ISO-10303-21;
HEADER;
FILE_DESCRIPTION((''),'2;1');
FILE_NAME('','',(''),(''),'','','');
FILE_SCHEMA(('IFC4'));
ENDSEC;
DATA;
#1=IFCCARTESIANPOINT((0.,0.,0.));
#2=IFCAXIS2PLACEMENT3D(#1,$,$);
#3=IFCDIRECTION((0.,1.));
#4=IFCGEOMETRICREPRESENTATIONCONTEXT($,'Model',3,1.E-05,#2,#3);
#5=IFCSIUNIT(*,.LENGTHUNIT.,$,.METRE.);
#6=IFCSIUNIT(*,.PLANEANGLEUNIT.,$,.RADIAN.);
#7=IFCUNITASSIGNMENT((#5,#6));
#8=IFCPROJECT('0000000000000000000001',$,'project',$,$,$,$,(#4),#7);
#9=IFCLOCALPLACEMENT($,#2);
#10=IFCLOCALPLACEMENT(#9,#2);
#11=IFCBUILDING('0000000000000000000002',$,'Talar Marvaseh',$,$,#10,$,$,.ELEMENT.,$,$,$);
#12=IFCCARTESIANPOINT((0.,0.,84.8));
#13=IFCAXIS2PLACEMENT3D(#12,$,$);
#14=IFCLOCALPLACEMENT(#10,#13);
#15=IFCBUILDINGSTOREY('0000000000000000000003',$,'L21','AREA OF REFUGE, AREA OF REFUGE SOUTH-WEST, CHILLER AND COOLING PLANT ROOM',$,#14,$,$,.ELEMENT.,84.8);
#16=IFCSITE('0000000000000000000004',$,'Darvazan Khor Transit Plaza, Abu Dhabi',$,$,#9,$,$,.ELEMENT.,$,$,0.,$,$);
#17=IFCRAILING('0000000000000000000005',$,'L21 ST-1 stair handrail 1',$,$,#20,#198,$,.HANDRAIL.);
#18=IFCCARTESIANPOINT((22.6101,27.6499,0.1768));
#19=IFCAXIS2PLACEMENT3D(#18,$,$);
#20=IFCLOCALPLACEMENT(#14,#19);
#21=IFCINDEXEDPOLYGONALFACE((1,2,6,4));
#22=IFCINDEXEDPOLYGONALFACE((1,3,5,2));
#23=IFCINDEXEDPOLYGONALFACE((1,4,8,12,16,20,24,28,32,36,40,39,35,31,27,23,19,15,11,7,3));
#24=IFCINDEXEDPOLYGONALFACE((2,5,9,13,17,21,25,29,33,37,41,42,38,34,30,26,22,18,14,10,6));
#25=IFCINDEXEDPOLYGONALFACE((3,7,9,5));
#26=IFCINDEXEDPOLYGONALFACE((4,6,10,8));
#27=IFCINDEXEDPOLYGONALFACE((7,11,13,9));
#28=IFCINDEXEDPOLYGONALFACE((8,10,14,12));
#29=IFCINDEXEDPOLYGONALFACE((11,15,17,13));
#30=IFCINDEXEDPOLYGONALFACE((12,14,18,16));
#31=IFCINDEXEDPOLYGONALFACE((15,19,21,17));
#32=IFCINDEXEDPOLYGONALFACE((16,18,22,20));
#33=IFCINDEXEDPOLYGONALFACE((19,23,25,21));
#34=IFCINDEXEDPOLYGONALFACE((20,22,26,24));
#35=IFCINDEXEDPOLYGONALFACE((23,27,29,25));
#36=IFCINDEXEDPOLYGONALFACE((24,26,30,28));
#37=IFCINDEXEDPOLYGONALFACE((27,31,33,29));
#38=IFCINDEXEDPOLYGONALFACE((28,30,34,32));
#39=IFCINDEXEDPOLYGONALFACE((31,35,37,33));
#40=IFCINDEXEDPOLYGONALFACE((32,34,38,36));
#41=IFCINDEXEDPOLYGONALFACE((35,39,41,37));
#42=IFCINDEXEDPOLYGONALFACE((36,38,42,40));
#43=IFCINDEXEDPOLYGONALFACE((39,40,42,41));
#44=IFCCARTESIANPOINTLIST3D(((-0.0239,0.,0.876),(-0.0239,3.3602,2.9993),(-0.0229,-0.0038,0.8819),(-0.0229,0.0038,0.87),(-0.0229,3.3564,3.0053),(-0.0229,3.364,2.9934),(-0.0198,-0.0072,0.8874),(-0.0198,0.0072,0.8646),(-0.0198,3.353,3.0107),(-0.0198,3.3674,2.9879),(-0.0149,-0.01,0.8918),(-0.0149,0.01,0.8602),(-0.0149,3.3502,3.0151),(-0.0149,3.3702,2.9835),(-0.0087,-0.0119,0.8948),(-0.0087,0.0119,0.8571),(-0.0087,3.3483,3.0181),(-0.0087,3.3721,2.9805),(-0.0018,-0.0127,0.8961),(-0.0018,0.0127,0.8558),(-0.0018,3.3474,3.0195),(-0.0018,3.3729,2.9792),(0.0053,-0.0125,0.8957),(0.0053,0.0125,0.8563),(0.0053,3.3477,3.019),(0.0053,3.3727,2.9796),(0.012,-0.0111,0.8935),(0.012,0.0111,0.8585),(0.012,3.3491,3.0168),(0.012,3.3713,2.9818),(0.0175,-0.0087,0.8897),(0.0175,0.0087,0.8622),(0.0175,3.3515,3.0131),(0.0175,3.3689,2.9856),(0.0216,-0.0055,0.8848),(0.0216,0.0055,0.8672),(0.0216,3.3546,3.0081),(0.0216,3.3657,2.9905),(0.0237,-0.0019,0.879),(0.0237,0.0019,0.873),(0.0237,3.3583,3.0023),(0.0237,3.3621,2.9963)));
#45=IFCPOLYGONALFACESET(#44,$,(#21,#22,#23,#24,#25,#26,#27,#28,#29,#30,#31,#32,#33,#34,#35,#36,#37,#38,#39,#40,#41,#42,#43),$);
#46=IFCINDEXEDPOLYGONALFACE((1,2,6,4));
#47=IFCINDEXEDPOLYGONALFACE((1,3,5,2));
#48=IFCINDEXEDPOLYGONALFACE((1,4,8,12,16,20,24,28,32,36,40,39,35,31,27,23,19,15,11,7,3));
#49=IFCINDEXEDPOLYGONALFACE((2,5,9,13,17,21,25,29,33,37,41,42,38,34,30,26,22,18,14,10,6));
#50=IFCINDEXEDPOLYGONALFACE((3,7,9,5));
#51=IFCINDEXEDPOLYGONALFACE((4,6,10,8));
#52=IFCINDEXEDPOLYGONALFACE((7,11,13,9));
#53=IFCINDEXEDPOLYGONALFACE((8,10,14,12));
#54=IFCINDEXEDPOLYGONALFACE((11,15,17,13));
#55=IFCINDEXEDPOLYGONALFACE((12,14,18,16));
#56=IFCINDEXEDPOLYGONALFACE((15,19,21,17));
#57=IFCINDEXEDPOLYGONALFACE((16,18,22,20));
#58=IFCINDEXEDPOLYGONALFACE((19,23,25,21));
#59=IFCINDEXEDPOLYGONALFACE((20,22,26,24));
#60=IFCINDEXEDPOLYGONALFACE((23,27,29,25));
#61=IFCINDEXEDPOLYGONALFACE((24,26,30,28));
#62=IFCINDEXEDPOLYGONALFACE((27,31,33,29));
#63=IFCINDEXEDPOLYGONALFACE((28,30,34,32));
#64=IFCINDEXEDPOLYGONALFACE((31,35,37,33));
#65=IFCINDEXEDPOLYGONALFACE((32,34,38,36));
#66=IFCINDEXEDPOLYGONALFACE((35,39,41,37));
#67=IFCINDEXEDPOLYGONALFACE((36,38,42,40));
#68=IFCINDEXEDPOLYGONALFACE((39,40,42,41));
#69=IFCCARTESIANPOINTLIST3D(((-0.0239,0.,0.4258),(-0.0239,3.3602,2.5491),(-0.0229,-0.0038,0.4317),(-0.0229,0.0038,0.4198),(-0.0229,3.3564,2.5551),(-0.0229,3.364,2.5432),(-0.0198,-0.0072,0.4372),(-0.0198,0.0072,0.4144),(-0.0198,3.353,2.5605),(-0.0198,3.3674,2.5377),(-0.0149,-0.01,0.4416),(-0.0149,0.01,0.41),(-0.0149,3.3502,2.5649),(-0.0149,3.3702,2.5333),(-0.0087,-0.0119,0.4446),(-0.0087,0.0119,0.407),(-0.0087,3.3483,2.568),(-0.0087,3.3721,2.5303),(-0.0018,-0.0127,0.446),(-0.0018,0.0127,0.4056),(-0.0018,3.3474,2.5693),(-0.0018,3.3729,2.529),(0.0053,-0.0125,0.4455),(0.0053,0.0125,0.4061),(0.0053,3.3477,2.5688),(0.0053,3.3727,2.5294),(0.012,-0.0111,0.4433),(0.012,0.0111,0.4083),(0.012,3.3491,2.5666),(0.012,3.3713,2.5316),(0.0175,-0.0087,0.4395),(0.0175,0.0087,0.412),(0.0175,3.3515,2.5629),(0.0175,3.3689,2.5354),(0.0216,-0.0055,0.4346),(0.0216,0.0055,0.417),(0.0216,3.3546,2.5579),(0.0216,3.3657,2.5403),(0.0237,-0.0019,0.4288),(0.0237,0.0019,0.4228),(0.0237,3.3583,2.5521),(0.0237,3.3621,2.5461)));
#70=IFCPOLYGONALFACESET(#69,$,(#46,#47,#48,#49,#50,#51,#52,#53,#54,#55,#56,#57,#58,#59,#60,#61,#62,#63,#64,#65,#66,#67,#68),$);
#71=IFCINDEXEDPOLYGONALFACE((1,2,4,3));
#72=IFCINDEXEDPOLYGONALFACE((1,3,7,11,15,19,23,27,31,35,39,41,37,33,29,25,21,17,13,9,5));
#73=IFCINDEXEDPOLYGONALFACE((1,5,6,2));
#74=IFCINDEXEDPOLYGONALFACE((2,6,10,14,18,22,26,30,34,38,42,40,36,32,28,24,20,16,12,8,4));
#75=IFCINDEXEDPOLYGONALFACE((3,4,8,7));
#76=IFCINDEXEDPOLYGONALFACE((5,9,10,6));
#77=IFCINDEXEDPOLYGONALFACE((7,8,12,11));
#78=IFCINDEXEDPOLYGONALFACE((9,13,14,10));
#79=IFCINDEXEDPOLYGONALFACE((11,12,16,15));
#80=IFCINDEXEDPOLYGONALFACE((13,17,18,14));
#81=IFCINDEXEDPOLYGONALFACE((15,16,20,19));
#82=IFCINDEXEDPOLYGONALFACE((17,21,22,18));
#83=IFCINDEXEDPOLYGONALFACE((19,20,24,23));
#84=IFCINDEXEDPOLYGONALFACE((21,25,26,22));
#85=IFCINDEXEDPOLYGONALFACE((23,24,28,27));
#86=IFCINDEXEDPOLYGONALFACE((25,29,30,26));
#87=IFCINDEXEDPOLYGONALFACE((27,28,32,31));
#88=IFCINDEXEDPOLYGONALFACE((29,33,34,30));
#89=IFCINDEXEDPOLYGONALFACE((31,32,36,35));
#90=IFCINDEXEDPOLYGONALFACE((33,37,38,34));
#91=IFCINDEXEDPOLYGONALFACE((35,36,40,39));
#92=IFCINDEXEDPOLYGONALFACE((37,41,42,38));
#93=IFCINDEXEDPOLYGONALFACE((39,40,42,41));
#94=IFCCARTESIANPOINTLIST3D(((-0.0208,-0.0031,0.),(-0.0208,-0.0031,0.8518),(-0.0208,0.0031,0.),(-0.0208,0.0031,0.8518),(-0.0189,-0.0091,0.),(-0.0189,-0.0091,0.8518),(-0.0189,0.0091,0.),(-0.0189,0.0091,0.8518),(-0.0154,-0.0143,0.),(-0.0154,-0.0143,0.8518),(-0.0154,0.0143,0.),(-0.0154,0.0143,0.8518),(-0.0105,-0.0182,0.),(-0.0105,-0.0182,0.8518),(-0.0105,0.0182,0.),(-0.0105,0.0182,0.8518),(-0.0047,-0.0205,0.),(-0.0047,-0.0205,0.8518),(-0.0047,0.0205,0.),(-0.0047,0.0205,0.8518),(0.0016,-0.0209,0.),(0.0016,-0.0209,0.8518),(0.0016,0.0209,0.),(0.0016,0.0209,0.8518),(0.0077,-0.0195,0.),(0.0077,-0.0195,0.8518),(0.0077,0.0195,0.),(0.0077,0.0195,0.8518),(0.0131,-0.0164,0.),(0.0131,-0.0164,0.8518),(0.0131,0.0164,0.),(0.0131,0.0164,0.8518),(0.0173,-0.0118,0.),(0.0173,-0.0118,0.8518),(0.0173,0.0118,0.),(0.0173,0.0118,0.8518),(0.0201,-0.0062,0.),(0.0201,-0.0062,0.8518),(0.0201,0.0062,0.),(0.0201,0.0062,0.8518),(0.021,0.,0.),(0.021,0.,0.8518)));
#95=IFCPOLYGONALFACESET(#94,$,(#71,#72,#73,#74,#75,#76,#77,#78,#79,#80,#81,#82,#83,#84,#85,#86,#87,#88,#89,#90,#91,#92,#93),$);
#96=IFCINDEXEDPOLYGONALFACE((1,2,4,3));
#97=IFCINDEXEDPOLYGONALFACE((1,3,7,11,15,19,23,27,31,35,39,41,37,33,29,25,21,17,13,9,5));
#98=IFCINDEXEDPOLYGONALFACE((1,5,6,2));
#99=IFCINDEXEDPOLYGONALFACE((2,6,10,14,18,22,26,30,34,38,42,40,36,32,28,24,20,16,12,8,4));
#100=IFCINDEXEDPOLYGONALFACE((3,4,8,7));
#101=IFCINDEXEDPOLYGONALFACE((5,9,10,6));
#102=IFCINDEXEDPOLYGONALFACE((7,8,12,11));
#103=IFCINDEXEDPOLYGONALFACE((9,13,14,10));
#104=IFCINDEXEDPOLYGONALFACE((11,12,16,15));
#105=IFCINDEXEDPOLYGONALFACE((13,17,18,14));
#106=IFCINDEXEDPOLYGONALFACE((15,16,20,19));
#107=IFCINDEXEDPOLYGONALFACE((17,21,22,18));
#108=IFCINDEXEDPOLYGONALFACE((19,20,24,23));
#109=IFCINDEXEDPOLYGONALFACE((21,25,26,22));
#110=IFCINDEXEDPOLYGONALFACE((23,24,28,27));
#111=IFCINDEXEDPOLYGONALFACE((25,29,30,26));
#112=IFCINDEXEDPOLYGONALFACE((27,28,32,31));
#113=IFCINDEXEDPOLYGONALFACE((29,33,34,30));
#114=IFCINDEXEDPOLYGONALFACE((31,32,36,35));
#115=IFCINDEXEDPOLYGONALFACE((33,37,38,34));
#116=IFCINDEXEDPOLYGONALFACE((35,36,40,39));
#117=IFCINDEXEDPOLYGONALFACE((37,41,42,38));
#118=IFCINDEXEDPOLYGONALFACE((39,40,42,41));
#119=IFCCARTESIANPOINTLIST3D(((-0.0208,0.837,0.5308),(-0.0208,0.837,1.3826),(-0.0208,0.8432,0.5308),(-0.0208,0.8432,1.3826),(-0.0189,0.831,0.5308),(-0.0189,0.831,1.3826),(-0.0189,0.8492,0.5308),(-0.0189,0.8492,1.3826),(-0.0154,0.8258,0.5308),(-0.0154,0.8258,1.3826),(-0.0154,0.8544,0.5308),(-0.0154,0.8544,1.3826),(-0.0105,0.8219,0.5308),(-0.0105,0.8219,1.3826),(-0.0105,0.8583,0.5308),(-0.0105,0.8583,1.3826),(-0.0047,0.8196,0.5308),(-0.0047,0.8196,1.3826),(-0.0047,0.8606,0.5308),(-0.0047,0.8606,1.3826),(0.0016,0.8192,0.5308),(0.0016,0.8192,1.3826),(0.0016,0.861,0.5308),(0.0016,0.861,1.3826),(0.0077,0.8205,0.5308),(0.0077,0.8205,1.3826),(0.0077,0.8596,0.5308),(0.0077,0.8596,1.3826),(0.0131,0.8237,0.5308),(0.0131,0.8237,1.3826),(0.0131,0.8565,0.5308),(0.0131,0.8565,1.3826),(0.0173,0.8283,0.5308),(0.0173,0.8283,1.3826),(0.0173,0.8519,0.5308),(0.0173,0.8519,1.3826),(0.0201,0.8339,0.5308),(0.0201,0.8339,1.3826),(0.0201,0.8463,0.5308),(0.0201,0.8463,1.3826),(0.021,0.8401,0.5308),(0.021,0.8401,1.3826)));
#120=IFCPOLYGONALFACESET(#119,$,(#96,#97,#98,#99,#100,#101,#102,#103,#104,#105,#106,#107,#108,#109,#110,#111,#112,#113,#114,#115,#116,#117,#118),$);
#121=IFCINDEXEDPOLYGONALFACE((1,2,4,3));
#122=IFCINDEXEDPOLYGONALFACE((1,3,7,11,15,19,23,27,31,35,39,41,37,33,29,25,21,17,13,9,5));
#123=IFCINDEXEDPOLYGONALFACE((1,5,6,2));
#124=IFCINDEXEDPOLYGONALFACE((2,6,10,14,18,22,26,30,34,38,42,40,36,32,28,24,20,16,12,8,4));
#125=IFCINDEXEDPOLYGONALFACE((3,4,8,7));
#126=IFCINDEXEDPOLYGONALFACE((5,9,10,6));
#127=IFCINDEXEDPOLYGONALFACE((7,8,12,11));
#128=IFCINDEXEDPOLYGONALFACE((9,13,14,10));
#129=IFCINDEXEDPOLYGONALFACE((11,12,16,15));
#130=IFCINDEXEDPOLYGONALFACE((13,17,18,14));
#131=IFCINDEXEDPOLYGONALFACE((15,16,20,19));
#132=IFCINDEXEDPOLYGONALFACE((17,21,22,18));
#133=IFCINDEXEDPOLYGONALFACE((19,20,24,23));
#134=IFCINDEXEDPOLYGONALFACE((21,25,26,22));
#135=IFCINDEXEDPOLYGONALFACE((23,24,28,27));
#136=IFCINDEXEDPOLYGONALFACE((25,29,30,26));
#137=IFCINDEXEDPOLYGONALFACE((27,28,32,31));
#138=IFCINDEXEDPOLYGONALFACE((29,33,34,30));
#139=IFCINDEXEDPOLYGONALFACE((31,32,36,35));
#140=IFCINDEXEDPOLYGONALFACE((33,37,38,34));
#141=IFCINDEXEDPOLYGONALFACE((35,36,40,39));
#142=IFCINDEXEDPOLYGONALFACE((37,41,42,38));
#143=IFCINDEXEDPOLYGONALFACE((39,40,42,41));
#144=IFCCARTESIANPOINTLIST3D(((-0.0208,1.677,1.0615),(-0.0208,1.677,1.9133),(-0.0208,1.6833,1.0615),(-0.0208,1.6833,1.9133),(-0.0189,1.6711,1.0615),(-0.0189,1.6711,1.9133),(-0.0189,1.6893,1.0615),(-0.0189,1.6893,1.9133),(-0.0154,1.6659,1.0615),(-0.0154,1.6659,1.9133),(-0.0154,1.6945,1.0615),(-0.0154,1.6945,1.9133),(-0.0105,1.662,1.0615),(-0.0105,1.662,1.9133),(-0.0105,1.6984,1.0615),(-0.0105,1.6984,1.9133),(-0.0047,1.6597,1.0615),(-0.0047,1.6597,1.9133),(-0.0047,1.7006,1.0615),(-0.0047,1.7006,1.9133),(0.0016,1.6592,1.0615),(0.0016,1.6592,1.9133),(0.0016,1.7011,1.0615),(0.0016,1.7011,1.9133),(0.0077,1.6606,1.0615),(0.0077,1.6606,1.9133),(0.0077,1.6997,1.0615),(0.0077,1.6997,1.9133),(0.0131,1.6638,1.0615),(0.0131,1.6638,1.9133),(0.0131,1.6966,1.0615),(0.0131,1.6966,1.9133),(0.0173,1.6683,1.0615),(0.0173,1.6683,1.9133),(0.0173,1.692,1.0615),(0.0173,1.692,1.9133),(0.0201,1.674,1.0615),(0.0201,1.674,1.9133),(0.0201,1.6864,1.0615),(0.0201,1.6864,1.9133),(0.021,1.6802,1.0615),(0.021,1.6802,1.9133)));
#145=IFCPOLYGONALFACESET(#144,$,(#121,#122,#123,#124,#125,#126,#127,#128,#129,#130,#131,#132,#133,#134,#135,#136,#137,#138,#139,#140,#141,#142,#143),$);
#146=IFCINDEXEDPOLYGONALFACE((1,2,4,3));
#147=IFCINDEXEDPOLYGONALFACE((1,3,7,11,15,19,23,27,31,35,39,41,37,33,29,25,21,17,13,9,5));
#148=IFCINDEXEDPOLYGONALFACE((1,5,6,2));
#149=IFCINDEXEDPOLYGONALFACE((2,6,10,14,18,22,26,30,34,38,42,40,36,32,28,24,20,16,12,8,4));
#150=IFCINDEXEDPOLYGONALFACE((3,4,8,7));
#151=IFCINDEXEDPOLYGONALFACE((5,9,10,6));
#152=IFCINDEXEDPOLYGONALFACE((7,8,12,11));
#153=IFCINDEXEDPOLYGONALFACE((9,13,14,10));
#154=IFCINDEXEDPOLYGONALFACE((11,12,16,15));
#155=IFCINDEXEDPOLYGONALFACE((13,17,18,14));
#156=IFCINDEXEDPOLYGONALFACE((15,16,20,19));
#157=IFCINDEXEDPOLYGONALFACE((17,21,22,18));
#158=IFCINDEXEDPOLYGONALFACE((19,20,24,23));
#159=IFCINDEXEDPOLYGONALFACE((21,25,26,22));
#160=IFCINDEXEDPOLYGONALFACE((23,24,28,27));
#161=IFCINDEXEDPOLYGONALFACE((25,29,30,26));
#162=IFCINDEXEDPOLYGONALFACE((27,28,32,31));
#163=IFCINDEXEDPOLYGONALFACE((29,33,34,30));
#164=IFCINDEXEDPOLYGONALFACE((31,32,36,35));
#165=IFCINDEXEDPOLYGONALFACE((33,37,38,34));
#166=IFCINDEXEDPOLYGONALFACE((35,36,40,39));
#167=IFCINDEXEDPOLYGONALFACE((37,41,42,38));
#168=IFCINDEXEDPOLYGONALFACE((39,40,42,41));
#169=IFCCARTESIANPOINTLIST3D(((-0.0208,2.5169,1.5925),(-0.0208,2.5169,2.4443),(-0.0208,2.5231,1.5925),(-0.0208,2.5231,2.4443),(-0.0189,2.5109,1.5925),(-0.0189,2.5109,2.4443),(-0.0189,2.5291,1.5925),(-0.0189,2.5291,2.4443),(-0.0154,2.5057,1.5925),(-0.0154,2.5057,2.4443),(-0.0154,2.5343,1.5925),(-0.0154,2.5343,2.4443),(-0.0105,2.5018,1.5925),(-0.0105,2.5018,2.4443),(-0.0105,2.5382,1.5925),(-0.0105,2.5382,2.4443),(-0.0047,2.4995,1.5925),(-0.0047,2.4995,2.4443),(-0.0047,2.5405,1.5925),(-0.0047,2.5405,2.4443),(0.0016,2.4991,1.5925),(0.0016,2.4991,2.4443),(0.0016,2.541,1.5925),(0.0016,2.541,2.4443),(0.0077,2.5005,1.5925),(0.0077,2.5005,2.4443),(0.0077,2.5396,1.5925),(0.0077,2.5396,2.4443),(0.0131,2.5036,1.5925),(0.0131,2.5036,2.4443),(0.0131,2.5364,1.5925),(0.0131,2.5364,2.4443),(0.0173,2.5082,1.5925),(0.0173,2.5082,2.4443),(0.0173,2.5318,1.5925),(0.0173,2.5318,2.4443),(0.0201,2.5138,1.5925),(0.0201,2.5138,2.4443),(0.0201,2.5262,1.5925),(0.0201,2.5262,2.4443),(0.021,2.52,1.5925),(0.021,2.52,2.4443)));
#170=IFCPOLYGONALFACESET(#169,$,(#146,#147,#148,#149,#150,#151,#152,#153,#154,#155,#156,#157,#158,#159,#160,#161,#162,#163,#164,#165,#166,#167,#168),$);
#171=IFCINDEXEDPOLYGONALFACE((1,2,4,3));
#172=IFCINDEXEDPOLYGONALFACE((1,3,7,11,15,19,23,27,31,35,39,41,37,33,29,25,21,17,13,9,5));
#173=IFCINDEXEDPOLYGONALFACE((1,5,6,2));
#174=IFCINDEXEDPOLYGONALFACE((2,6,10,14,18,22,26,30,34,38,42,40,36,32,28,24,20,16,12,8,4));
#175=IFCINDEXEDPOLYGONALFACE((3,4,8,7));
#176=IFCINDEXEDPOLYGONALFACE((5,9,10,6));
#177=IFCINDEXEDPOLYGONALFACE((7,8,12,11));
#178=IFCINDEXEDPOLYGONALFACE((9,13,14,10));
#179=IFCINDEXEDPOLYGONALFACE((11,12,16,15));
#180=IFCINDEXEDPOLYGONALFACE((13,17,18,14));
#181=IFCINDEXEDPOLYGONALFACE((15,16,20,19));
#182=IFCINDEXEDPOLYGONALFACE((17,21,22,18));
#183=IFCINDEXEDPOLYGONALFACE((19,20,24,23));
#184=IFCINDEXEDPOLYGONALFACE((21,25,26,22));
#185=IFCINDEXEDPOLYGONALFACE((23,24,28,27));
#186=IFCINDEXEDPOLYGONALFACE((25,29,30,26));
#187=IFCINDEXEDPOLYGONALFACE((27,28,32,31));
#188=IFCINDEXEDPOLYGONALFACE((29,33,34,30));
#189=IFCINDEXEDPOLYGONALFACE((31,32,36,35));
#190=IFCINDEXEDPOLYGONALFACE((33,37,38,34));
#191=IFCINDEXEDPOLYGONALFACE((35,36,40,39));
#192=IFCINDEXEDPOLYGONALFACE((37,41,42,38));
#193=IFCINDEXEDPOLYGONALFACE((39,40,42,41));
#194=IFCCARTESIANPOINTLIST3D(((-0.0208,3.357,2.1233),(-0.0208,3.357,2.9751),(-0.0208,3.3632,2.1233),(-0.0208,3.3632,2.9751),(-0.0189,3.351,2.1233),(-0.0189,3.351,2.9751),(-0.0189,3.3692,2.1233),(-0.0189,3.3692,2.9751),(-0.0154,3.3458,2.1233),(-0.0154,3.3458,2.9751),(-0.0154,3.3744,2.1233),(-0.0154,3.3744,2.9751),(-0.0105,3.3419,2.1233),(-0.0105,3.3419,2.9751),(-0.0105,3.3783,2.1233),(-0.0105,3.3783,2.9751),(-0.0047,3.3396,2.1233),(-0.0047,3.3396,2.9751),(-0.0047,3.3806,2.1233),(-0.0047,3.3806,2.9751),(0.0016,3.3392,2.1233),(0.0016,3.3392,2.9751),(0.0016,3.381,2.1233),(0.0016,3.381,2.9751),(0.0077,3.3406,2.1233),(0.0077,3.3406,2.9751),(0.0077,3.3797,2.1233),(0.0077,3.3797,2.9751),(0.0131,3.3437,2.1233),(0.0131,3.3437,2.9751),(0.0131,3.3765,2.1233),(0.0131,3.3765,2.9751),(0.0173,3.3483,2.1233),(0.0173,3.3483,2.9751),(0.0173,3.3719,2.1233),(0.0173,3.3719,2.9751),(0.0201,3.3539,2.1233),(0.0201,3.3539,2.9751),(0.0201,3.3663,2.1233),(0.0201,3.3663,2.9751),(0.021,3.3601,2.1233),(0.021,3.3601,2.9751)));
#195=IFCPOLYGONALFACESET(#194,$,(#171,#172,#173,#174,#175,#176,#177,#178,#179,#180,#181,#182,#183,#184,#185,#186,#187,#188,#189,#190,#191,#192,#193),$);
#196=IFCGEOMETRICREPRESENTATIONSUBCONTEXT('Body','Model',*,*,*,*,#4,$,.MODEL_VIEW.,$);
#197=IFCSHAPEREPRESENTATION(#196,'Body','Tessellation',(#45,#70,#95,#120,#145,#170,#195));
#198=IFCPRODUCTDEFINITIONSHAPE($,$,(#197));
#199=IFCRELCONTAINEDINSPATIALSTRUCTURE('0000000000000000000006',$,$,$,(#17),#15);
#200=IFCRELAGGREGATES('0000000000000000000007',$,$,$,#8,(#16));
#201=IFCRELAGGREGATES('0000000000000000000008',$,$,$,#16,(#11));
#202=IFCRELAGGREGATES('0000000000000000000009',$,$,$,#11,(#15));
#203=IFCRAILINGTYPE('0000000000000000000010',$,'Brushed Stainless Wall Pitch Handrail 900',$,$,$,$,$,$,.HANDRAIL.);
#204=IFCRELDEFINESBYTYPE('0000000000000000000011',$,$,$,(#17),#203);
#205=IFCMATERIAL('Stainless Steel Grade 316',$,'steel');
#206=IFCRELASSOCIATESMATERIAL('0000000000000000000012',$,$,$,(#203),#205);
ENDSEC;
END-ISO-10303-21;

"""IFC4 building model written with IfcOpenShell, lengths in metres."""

from ifc_helpers import new_model, si_unit, direction, frame, origin, origin_2d, place, context, subcontext, project, spatial, circle, extrude, material, type_object, element, save


model = new_model("IFC4")

# Units and contexts
model_context = context("Model", 3, precision=1e-05, world=origin(), true_north=direction((0.0, 1.0)))
body_context = subcontext(model_context, "Body", "Model", "MODEL_VIEW")
ifc_project = project(units=[si_unit("LENGTHUNIT", "METRE"), si_unit("PLANEANGLEUNIT", "RADIAN")], contexts=[model_context])

# Site, building, storey
site_placement = place(None, origin())
site = spatial("IfcSite", under=ifc_project, at=site_placement, Name="Darvazan Khor Transit Plaza, Abu Dhabi", CompositionType="ELEMENT", RefElevation=0.0)
building_placement = place(site_placement, origin())
building = spatial("IfcBuilding", under=site, at=building_placement, Name="Talar Marvaseh", CompositionType="ELEMENT")
storey_placement = place(building_placement, frame((0.0, 0.0, 84.8)))
storey = spatial("IfcBuildingStorey", under=building, at=storey_placement, Name="L21", Description="AREA OF REFUGE, AREA OF REFUGE SOUTH-WEST, CHILLER AND COOLING PLANT ROOM", CompositionType="ELEMENT", Elevation=84.8)

# Railing
ifc_material_1 = material(Name="Stainless Steel Grade 316", Category="steel")
railing_type_1 = type_object("IfcRailingType", Name="Brushed Stainless Wall Pitch Handrail 900", PredefinedType="HANDRAIL", material=ifc_material_1)
railing_1_placement = place(storey_placement, frame((22.6101, 27.6499, 0.1768)))
element("IfcRailing", 1, at=railing_1_placement, inside=storey, type_object=railing_type_1, Name="L21 ST-1 stair handrail 1", PredefinedType="HANDRAIL", context=body_context, shape_type="SweptSolid", body=[
    extrude(circle(Radius=0.0239, at=origin_2d()), frame((0.0, 0.0, 0.876), z_axis=(0.0, 0.845362, 0.534194), x_axis=(-1.0, 0.0, 0.0)), (0.0, 0.0, 1.0), 3.9749),
    extrude(circle(Radius=0.0239, at=origin_2d()), frame((0.0, 0.0, 0.4258), z_axis=(0.0, 0.845362, 0.534194), x_axis=(-1.0, 0.0, 0.0)), (0.0, 0.0, 1.0), 3.9749),
    extrude(circle(Radius=0.021, at=origin_2d()), origin(), (0.0, 0.0, 1.0), 0.8518),
    extrude(circle(Radius=0.021, at=origin_2d()), frame((0.0, 0.8401, 0.5308)), (0.0, 0.0, 1.0), 0.8518),
    extrude(circle(Radius=0.021, at=origin_2d()), frame((0.0, 1.6802, 1.0615)), (0.0, 0.0, 1.0), 0.8518),
    extrude(circle(Radius=0.021, at=origin_2d()), frame((0.0, 2.52, 1.5925)), (0.0, 0.0, 1.0), 0.8518),
    extrude(circle(Radius=0.021, at=origin_2d()), frame((0.0, 3.3601, 2.1233)), (0.0, 0.0, 1.0), 0.8518),
])

save(model, "model.ifc")
